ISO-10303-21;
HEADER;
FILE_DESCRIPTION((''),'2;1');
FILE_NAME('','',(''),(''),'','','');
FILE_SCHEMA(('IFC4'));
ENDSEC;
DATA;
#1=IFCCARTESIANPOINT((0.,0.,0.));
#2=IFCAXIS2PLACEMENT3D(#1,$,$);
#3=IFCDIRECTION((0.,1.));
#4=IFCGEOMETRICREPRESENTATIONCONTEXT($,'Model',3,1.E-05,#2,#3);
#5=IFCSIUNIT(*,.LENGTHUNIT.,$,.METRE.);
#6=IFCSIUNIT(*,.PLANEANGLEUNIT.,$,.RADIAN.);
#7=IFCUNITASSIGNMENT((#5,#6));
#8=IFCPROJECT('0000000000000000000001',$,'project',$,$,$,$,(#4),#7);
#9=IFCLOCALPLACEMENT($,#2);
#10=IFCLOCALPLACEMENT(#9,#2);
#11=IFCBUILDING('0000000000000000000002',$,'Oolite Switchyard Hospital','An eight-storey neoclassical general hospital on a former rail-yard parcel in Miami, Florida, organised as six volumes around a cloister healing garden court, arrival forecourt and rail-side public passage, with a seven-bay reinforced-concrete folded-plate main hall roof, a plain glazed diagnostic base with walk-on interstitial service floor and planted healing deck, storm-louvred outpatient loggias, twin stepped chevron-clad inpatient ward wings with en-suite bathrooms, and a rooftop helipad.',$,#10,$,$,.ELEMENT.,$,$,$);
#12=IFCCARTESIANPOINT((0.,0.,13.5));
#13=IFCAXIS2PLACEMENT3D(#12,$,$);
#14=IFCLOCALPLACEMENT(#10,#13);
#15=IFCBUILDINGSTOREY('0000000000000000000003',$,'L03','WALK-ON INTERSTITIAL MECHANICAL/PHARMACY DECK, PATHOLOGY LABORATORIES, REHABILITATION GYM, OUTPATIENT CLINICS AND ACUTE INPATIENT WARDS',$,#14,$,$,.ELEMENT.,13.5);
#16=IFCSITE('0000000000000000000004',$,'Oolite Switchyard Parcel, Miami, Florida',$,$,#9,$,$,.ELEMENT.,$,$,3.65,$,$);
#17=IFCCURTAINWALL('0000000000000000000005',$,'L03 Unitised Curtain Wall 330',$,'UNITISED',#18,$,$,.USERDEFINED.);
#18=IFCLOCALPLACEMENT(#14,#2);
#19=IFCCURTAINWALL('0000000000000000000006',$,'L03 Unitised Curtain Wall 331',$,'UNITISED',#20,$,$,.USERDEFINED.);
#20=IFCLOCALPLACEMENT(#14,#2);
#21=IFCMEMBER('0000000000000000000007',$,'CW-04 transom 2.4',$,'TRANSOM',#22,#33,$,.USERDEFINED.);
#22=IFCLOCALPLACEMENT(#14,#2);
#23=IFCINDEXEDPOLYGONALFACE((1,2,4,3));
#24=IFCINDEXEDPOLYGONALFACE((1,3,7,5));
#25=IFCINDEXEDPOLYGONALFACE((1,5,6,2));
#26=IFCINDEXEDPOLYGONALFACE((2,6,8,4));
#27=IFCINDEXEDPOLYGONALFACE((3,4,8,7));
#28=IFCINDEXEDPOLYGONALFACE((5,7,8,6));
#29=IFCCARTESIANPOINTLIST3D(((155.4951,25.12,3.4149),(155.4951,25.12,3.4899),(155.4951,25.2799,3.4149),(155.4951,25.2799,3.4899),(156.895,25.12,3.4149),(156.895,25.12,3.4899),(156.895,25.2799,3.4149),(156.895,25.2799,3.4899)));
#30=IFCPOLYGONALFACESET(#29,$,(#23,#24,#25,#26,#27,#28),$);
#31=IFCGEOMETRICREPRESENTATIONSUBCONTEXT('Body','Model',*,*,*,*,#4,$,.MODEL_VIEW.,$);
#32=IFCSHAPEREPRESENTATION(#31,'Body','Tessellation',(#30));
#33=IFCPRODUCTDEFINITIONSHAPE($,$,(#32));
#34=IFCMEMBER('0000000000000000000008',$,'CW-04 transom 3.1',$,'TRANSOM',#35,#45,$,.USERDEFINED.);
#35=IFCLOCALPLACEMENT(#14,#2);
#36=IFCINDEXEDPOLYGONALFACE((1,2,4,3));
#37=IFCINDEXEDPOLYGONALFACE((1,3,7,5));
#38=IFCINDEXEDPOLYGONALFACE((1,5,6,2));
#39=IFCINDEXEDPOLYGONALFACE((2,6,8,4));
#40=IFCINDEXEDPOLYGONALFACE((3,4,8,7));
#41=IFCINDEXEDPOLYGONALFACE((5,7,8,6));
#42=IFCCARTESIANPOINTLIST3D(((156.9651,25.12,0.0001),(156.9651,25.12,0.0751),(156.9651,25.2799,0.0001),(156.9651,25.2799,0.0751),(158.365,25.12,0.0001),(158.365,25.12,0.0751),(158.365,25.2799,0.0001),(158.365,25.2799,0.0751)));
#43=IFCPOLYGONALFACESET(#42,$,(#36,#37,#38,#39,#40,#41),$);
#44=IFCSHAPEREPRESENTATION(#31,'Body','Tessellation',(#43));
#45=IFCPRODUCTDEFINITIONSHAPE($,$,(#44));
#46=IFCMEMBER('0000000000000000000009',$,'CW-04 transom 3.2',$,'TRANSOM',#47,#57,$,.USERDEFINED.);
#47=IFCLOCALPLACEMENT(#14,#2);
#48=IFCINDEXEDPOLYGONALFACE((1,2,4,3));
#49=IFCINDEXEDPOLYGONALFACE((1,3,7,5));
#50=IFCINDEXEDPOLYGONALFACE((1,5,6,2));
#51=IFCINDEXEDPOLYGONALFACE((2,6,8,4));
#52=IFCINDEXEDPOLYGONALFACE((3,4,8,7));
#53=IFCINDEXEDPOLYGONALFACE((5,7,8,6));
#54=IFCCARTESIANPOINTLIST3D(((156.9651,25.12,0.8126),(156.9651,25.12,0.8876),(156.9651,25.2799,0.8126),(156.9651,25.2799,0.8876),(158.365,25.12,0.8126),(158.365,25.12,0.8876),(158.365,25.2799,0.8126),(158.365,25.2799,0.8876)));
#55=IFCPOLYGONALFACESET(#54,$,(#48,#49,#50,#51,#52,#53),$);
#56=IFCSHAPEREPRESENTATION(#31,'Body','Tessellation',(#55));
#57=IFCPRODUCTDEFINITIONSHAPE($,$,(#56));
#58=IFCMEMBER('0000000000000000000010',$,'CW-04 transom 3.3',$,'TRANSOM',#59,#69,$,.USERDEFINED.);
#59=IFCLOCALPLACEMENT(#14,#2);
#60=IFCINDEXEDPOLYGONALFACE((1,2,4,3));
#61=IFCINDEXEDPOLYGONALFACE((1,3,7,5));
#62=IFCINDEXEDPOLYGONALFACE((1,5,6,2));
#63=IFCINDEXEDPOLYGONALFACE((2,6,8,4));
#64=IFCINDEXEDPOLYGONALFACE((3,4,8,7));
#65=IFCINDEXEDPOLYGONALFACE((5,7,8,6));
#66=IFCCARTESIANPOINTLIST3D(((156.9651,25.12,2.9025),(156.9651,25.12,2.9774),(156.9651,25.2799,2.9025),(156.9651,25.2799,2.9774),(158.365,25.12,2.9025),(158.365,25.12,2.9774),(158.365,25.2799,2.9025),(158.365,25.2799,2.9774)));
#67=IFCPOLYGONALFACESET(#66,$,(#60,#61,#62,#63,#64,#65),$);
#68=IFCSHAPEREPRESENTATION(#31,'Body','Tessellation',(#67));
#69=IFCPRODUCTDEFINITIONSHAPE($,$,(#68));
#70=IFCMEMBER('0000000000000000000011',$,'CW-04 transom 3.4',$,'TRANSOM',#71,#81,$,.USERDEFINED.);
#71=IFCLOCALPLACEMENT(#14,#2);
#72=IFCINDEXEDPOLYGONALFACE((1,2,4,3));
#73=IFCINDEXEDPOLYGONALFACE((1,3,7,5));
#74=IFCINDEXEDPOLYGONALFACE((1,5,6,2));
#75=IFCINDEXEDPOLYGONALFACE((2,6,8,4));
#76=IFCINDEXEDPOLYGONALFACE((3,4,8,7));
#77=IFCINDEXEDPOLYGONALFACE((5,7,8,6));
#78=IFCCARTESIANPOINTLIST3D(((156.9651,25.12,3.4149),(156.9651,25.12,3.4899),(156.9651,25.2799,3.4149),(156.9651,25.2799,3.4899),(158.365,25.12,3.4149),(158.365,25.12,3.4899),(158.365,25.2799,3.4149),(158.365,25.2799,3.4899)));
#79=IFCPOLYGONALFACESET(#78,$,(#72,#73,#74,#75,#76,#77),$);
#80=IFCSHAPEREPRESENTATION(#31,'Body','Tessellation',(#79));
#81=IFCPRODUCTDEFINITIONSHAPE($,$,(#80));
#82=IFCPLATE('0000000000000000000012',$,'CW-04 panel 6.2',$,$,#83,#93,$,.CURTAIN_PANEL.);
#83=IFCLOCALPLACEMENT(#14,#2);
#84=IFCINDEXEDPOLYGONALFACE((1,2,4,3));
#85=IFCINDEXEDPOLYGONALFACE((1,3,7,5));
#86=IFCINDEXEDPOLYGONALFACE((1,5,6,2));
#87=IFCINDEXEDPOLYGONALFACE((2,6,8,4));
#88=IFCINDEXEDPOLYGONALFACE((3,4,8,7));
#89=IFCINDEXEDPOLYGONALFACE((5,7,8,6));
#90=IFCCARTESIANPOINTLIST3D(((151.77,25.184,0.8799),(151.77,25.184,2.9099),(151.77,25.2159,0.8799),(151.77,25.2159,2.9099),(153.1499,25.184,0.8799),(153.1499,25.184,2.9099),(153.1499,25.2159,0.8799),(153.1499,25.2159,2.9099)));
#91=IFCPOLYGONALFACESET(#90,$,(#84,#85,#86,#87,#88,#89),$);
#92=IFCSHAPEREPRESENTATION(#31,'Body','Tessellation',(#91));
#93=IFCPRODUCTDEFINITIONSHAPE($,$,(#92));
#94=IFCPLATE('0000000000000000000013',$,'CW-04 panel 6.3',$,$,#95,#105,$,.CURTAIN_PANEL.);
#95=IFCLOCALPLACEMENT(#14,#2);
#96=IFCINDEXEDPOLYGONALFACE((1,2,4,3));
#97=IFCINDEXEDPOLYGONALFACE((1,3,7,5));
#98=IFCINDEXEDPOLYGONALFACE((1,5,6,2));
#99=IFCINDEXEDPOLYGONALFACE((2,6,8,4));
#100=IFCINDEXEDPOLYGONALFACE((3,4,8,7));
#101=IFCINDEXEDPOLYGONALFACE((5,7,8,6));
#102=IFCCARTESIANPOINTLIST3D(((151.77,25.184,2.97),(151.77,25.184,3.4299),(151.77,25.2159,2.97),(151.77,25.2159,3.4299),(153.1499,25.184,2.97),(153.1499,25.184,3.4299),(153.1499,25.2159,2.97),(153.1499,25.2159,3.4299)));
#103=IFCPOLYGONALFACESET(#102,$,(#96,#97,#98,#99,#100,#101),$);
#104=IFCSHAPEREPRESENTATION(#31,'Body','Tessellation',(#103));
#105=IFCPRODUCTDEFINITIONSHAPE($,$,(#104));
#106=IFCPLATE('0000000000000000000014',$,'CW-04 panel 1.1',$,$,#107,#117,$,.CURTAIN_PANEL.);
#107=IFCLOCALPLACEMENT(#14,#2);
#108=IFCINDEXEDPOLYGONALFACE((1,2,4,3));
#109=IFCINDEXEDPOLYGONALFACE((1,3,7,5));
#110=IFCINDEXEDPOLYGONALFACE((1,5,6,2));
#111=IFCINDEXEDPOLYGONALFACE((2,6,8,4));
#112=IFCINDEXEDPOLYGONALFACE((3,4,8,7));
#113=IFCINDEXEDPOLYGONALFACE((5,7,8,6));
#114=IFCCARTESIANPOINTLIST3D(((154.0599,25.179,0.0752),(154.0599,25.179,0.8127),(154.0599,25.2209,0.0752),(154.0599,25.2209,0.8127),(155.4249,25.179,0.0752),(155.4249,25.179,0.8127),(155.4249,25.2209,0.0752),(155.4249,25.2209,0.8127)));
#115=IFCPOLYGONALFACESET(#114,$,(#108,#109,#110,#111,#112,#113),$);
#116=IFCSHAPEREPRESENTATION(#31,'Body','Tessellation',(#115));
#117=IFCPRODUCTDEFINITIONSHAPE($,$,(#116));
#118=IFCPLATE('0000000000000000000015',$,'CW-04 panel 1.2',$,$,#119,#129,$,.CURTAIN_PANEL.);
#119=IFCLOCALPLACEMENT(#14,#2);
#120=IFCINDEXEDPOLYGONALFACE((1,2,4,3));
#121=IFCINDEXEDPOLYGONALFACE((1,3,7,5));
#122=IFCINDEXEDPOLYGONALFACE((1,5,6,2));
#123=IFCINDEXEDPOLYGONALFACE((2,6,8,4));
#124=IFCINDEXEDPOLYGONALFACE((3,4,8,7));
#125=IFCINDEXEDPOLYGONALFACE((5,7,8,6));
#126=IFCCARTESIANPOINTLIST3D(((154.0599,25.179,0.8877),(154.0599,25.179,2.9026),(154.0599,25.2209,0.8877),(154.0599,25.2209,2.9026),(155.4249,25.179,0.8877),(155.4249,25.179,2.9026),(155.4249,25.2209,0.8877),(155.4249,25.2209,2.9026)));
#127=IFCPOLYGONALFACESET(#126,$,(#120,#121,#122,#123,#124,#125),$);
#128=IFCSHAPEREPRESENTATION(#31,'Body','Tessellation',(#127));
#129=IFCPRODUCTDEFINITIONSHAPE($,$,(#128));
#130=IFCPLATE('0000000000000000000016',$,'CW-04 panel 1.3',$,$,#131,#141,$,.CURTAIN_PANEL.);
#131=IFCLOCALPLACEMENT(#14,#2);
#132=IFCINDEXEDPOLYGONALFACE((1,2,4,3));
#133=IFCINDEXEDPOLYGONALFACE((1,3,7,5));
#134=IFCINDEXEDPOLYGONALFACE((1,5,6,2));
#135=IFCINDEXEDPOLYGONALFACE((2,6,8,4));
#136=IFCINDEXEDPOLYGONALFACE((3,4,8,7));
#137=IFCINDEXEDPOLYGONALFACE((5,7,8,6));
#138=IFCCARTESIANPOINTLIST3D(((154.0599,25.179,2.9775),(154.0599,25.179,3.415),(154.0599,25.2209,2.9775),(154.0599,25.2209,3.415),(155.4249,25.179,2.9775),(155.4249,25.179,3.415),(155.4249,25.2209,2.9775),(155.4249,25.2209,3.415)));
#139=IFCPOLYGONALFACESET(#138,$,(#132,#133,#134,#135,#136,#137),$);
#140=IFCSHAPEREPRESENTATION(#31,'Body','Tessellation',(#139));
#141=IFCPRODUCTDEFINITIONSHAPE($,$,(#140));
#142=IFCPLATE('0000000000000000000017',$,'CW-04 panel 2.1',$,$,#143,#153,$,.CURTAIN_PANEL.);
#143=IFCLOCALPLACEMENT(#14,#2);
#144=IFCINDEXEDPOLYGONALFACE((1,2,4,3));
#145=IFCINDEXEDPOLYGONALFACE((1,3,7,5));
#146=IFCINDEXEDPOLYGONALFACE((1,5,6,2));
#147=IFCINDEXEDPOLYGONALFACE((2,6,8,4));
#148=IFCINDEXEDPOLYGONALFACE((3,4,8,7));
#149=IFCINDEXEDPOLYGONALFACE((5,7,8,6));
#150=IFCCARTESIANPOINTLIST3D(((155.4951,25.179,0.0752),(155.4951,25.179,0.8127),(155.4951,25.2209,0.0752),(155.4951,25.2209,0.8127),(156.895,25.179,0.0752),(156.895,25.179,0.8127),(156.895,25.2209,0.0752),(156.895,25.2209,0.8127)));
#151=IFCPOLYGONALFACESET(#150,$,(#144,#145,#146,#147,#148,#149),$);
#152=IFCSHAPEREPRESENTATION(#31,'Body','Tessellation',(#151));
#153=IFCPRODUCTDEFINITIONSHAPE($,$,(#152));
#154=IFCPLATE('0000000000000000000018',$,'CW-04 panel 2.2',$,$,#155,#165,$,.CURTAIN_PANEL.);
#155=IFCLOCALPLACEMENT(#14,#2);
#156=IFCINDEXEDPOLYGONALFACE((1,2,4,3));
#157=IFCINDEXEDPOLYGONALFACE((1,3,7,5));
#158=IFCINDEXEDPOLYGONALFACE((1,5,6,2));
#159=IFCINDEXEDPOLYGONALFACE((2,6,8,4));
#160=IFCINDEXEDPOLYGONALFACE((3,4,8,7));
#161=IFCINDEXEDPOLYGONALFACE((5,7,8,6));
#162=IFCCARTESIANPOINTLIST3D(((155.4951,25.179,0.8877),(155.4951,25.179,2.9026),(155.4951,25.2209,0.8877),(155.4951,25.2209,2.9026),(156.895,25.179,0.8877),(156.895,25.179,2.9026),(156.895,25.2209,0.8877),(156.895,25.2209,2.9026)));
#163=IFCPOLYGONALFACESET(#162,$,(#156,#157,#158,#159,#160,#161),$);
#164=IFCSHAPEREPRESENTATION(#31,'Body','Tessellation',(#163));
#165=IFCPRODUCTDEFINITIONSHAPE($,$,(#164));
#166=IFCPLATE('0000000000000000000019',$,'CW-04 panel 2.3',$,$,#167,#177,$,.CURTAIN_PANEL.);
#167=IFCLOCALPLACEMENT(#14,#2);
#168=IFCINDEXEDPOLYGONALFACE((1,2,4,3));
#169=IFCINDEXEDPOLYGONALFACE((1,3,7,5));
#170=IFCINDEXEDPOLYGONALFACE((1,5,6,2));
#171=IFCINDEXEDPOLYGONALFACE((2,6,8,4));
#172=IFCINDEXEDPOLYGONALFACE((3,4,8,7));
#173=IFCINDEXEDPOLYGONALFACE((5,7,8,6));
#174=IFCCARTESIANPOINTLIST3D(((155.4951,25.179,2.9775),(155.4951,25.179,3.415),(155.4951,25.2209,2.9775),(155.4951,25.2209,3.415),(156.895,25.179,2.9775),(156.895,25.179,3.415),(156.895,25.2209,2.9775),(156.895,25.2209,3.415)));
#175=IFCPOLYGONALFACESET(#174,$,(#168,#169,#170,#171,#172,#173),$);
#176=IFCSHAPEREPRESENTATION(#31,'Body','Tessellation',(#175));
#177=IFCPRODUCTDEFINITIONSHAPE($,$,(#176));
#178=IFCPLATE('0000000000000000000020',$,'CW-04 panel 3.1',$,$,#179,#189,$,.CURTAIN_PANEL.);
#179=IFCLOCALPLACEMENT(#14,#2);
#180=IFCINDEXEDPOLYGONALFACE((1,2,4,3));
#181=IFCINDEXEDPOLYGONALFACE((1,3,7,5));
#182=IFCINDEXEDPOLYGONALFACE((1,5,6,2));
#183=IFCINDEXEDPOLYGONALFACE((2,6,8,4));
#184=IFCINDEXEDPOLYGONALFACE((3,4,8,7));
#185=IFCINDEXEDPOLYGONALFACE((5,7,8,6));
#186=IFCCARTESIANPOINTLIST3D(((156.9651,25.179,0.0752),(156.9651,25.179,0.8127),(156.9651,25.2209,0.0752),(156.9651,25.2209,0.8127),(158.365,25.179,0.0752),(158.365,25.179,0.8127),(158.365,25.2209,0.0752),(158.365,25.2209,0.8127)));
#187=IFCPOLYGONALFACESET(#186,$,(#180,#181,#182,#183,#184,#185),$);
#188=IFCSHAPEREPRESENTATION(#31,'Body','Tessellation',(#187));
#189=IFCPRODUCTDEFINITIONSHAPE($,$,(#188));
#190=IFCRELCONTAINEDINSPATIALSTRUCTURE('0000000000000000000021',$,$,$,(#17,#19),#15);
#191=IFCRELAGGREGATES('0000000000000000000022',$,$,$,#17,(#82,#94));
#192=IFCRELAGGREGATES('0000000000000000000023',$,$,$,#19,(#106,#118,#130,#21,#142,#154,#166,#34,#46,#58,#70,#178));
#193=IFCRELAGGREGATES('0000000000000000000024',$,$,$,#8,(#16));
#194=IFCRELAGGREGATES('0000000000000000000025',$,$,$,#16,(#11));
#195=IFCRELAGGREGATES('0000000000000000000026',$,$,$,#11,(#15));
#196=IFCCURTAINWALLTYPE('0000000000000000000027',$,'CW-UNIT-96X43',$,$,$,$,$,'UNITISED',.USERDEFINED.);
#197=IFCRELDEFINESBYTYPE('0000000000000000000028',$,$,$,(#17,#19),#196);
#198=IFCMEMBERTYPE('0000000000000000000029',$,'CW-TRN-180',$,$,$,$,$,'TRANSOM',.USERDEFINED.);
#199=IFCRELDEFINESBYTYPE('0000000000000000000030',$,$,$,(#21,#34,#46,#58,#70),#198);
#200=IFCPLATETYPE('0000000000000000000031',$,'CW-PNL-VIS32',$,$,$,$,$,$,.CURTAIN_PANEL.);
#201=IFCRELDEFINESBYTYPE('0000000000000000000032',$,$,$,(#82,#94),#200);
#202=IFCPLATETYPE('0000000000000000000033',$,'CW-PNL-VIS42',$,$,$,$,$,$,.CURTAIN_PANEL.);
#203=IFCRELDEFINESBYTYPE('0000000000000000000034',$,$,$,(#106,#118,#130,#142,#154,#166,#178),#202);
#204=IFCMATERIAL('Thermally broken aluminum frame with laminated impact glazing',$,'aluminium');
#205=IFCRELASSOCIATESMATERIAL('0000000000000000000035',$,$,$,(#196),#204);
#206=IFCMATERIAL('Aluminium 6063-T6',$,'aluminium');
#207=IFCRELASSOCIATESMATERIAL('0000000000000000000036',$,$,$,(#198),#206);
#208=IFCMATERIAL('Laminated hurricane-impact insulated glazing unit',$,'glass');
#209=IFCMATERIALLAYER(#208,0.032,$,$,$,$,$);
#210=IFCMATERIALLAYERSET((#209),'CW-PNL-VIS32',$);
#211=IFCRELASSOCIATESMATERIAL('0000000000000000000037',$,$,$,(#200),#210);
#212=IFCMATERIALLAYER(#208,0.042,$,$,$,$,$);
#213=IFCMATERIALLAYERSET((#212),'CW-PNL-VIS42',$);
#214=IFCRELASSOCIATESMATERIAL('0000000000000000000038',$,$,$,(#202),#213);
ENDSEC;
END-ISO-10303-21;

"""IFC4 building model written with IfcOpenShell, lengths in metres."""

from ifc_helpers import new_model, si_unit, direction, frame, origin, origin_2d, place, context, subcontext, project, spatial, rectangle, extrude, material, layer, layer_set, material_profile, profile_set, type_object, element, aggregate, save


model = new_model("IFC4")

# Units and contexts
model_context = context("Model", 3, precision=1e-05, world=origin(), true_north=direction((0.0, 1.0)))
body_context = subcontext(model_context, "Body", "Model", "MODEL_VIEW")
ifc_project = project(units=[si_unit("LENGTHUNIT", "METRE"), si_unit("PLANEANGLEUNIT", "RADIAN")], contexts=[model_context])

# Site, building, storey
site_placement = place(None, origin())
site = spatial("IfcSite", under=ifc_project, at=site_placement, Name="Oolite Switchyard Parcel, Miami, Florida", CompositionType="ELEMENT", RefElevation=3.65)
building_placement = place(site_placement, origin())
building = spatial("IfcBuilding", under=site, at=building_placement, Name="Oolite Switchyard Hospital", Description="An eight-storey neoclassical general hospital on a former rail-yard parcel in Miami, Florida, organised as six volumes around a cloister healing garden court, arrival forecourt and rail-side public passage, with a seven-bay reinforced-concrete folded-plate main hall roof, a plain glazed diagnostic base with walk-on interstitial service floor and planted healing deck, storm-louvred outpatient loggias, twin stepped chevron-clad inpatient ward wings with en-suite bathrooms, and a rooftop helipad.", CompositionType="ELEMENT")
storey_placement = place(building_placement, frame((0.0, 0.0, 13.5)))
storey = spatial("IfcBuildingStorey", under=building, at=storey_placement, Name="L03", Description="WALK-ON INTERSTITIAL MECHANICAL/PHARMACY DECK, PATHOLOGY LABORATORIES, REHABILITATION GYM, OUTPATIENT CLINICS AND ACUTE INPATIENT WARDS", CompositionType="ELEMENT", Elevation=13.5)

# Curtain wall
ifc_material_1 = material(Name="Thermally broken aluminum frame with laminated impact glazing", Category="aluminium")
curtain_wall_type = type_object("IfcCurtainWallType", Name="CW-UNIT-96X43", ElementType="UNITISED", PredefinedType="USERDEFINED", material=ifc_material_1)
curtain_wall_1_placement = place(storey_placement, origin())
curtain_wall_1 = element("IfcCurtainWall", 1, at=curtain_wall_1_placement, inside=storey, type_object=curtain_wall_type, Name="L03 Unitised Curtain Wall 330", ObjectType="UNITISED", PredefinedType="USERDEFINED")
ifc_material_2 = material(Name="Aluminium 6063-T6", Category="aluminium")

# Curtain wall, members
curtain_wall_2_placement = place(storey_placement, origin())
curtain_wall_2 = element("IfcCurtainWall", 2, at=curtain_wall_2_placement, inside=storey, type_object=curtain_wall_type, Name="L03 Unitised Curtain Wall 331", ObjectType="UNITISED", PredefinedType="USERDEFINED")
ifc_material_profile_1 = material_profile(ifc_material_2, rectangle(XDim=0.1599, YDim=0.075, at=origin_2d()), Name="CWT75X160")
ifc_profile_set_1 = profile_set([ifc_material_profile_1], Name="Aluminium 6063-T6")
member_type_1 = type_object("IfcMemberType", Name="CW-TRN-180", ElementType="TRANSOM", PredefinedType="USERDEFINED", material=ifc_profile_set_1)
member_1_placement = place(storey_placement, frame((155.4951, 25.2, 3.4524), z_axis=(1.0, 0.0, 0.0), x_axis=(0.0, 1.0, 0.0)))
member_1 = element("IfcMember", 3, at=member_1_placement, type_object=member_type_1, Name="CW-04 transom 2.4", ObjectType="TRANSOM", PredefinedType="USERDEFINED", context=body_context, shape_type="SweptSolid", body=[
    extrude(rectangle(XDim=0.1599, YDim=0.075, at=origin_2d()), origin(), (0.0, 0.0, 1.0), 1.3999),
])
member_2_placement = place(storey_placement, frame((156.9651, 25.2, 0.0376), z_axis=(1.0, 0.0, 0.0), x_axis=(0.0, 1.0, 0.0)))
member_2 = element("IfcMember", 4, at=member_2_placement, type_object=member_type_1, Name="CW-04 transom 3.1", ObjectType="TRANSOM", PredefinedType="USERDEFINED", context=body_context, shape_type="SweptSolid", body=[
    extrude(rectangle(XDim=0.1599, YDim=0.075, at=origin_2d()), origin(), (0.0, 0.0, 1.0), 1.3999),
])
member_3_placement = place(storey_placement, frame((156.9651, 25.2, 0.8501), z_axis=(1.0, 0.0, 0.0), x_axis=(0.0, 1.0, 0.0)))
member_3 = element("IfcMember", 5, at=member_3_placement, type_object=member_type_1, Name="CW-04 transom 3.2", ObjectType="TRANSOM", PredefinedType="USERDEFINED", context=body_context, shape_type="SweptSolid", body=[
    extrude(rectangle(XDim=0.1599, YDim=0.075, at=origin_2d()), origin(), (0.0, 0.0, 1.0), 1.3999),
])
member_4_placement = place(storey_placement, frame((156.9651, 25.2, 2.9399), z_axis=(1.0, 0.0, 0.0), x_axis=(0.0, 1.0, 0.0)))
member_4 = element("IfcMember", 6, at=member_4_placement, type_object=member_type_1, Name="CW-04 transom 3.3", ObjectType="TRANSOM", PredefinedType="USERDEFINED", context=body_context, shape_type="SweptSolid", body=[
    extrude(rectangle(XDim=0.1599, YDim=0.075, at=origin_2d()), origin(), (0.0, 0.0, 1.0), 1.3999),
])
member_5_placement = place(storey_placement, frame((156.9651, 25.2, 3.4524), z_axis=(1.0, 0.0, 0.0), x_axis=(0.0, 1.0, 0.0)))
member_5 = element("IfcMember", 7, at=member_5_placement, type_object=member_type_1, Name="CW-04 transom 3.4", ObjectType="TRANSOM", PredefinedType="USERDEFINED", context=body_context, shape_type="SweptSolid", body=[
    extrude(rectangle(XDim=0.1599, YDim=0.075, at=origin_2d()), origin(), (0.0, 0.0, 1.0), 1.3999),
])

# Plates
ifc_material_3 = material(Name="Laminated hurricane-impact insulated glazing unit", Category="glass")
ifc_layer_1 = layer(ifc_material_3, 0.032)
ifc_layer_set_1 = layer_set([ifc_layer_1], Name="CW-PNL-VIS32")
plate_type_1 = type_object("IfcPlateType", Name="CW-PNL-VIS32", PredefinedType="CURTAIN_PANEL", material=ifc_layer_set_1)
plate_1_placement = place(storey_placement, frame((152.46, 25.2, 0.8799), z_axis=(0.0, 0.0, 1.0), x_axis=(1.0, 0.0, 0.0)))
plate_1 = element("IfcPlate", 8, at=plate_1_placement, type_object=plate_type_1, Name="CW-04 panel 6.2", PredefinedType="CURTAIN_PANEL", context=body_context, shape_type="SweptSolid", body=[
    extrude(rectangle(XDim=1.3799, YDim=0.032, at=origin_2d()), origin(), (0.0, 0.0, 1.0), 2.03),
])
plate_2_placement = place(storey_placement, frame((152.46, 25.2, 2.97), z_axis=(0.0, 0.0, 1.0), x_axis=(1.0, 0.0, 0.0)))
plate_2 = element("IfcPlate", 9, at=plate_2_placement, type_object=plate_type_1, Name="CW-04 panel 6.3", PredefinedType="CURTAIN_PANEL", context=body_context, shape_type="SweptSolid", body=[
    extrude(rectangle(XDim=1.3799, YDim=0.032, at=origin_2d()), origin(), (0.0, 0.0, 1.0), 0.46),
])
aggregate(curtain_wall_1, [plate_1, plate_2])
ifc_layer_2 = layer(ifc_material_3, 0.042)
ifc_layer_set_2 = layer_set([ifc_layer_2], Name="CW-PNL-VIS42")
plate_type_2 = type_object("IfcPlateType", Name="CW-PNL-VIS42", PredefinedType="CURTAIN_PANEL", material=ifc_layer_set_2)
plate_3_placement = place(storey_placement, frame((154.7424, 25.2, 0.0752), z_axis=(0.0, 0.0, 1.0), x_axis=(1.0, 0.0, 0.0)))
plate_3 = element("IfcPlate", 10, at=plate_3_placement, type_object=plate_type_2, Name="CW-04 panel 1.1", PredefinedType="CURTAIN_PANEL", context=body_context, shape_type="SweptSolid", body=[
    extrude(rectangle(XDim=1.365, YDim=0.042, at=origin_2d()), origin(), (0.0, 0.0, 1.0), 0.7375),
])
plate_4_placement = place(storey_placement, frame((154.7424, 25.2, 0.8877), z_axis=(0.0, 0.0, 1.0), x_axis=(1.0, 0.0, 0.0)))
plate_4 = element("IfcPlate", 11, at=plate_4_placement, type_object=plate_type_2, Name="CW-04 panel 1.2", PredefinedType="CURTAIN_PANEL", context=body_context, shape_type="SweptSolid", body=[
    extrude(rectangle(XDim=1.365, YDim=0.042, at=origin_2d()), origin(), (0.0, 0.0, 1.0), 2.0149),
])
plate_5_placement = place(storey_placement, frame((154.7424, 25.2, 2.9775), z_axis=(0.0, 0.0, 1.0), x_axis=(1.0, 0.0, 0.0)))
plate_5 = element("IfcPlate", 12, at=plate_5_placement, type_object=plate_type_2, Name="CW-04 panel 1.3", PredefinedType="CURTAIN_PANEL", context=body_context, shape_type="SweptSolid", body=[
    extrude(rectangle(XDim=1.365, YDim=0.042, at=origin_2d()), origin(), (0.0, 0.0, 1.0), 0.4375),
])
plate_6_placement = place(storey_placement, frame((156.1951, 25.2, 0.0752), z_axis=(0.0, 0.0, 1.0), x_axis=(1.0, 0.0, 0.0)))
plate_6 = element("IfcPlate", 13, at=plate_6_placement, type_object=plate_type_2, Name="CW-04 panel 2.1", PredefinedType="CURTAIN_PANEL", context=body_context, shape_type="SweptSolid", body=[
    extrude(rectangle(XDim=1.3999, YDim=0.042, at=origin_2d()), origin(), (0.0, 0.0, 1.0), 0.7375),
])
plate_7_placement = place(storey_placement, frame((156.1951, 25.2, 0.8877), z_axis=(0.0, 0.0, 1.0), x_axis=(1.0, 0.0, 0.0)))
plate_7 = element("IfcPlate", 14, at=plate_7_placement, type_object=plate_type_2, Name="CW-04 panel 2.2", PredefinedType="CURTAIN_PANEL", context=body_context, shape_type="SweptSolid", body=[
    extrude(rectangle(XDim=1.3999, YDim=0.042, at=origin_2d()), origin(), (0.0, 0.0, 1.0), 2.0149),
])
plate_8_placement = place(storey_placement, frame((156.1951, 25.2, 2.9775), z_axis=(0.0, 0.0, 1.0), x_axis=(1.0, 0.0, 0.0)))
plate_8 = element("IfcPlate", 15, at=plate_8_placement, type_object=plate_type_2, Name="CW-04 panel 2.3", PredefinedType="CURTAIN_PANEL", context=body_context, shape_type="SweptSolid", body=[
    extrude(rectangle(XDim=1.3999, YDim=0.042, at=origin_2d()), origin(), (0.0, 0.0, 1.0), 0.4375),
])
plate_9_placement = place(storey_placement, frame((157.665, 25.2, 0.0752), z_axis=(0.0, 0.0, 1.0), x_axis=(1.0, 0.0, 0.0)))
plate_9 = element("IfcPlate", 16, at=plate_9_placement, type_object=plate_type_2, Name="CW-04 panel 3.1", PredefinedType="CURTAIN_PANEL", context=body_context, shape_type="SweptSolid", body=[
    extrude(rectangle(XDim=1.3999, YDim=0.042, at=origin_2d()), origin(), (0.0, 0.0, 1.0), 0.7375),
])
aggregate(curtain_wall_2, [plate_3, plate_4, plate_5, member_1, plate_6, plate_7, plate_8, member_2, member_3, member_4, member_5, plate_9])

save(model, "model.ifc")
